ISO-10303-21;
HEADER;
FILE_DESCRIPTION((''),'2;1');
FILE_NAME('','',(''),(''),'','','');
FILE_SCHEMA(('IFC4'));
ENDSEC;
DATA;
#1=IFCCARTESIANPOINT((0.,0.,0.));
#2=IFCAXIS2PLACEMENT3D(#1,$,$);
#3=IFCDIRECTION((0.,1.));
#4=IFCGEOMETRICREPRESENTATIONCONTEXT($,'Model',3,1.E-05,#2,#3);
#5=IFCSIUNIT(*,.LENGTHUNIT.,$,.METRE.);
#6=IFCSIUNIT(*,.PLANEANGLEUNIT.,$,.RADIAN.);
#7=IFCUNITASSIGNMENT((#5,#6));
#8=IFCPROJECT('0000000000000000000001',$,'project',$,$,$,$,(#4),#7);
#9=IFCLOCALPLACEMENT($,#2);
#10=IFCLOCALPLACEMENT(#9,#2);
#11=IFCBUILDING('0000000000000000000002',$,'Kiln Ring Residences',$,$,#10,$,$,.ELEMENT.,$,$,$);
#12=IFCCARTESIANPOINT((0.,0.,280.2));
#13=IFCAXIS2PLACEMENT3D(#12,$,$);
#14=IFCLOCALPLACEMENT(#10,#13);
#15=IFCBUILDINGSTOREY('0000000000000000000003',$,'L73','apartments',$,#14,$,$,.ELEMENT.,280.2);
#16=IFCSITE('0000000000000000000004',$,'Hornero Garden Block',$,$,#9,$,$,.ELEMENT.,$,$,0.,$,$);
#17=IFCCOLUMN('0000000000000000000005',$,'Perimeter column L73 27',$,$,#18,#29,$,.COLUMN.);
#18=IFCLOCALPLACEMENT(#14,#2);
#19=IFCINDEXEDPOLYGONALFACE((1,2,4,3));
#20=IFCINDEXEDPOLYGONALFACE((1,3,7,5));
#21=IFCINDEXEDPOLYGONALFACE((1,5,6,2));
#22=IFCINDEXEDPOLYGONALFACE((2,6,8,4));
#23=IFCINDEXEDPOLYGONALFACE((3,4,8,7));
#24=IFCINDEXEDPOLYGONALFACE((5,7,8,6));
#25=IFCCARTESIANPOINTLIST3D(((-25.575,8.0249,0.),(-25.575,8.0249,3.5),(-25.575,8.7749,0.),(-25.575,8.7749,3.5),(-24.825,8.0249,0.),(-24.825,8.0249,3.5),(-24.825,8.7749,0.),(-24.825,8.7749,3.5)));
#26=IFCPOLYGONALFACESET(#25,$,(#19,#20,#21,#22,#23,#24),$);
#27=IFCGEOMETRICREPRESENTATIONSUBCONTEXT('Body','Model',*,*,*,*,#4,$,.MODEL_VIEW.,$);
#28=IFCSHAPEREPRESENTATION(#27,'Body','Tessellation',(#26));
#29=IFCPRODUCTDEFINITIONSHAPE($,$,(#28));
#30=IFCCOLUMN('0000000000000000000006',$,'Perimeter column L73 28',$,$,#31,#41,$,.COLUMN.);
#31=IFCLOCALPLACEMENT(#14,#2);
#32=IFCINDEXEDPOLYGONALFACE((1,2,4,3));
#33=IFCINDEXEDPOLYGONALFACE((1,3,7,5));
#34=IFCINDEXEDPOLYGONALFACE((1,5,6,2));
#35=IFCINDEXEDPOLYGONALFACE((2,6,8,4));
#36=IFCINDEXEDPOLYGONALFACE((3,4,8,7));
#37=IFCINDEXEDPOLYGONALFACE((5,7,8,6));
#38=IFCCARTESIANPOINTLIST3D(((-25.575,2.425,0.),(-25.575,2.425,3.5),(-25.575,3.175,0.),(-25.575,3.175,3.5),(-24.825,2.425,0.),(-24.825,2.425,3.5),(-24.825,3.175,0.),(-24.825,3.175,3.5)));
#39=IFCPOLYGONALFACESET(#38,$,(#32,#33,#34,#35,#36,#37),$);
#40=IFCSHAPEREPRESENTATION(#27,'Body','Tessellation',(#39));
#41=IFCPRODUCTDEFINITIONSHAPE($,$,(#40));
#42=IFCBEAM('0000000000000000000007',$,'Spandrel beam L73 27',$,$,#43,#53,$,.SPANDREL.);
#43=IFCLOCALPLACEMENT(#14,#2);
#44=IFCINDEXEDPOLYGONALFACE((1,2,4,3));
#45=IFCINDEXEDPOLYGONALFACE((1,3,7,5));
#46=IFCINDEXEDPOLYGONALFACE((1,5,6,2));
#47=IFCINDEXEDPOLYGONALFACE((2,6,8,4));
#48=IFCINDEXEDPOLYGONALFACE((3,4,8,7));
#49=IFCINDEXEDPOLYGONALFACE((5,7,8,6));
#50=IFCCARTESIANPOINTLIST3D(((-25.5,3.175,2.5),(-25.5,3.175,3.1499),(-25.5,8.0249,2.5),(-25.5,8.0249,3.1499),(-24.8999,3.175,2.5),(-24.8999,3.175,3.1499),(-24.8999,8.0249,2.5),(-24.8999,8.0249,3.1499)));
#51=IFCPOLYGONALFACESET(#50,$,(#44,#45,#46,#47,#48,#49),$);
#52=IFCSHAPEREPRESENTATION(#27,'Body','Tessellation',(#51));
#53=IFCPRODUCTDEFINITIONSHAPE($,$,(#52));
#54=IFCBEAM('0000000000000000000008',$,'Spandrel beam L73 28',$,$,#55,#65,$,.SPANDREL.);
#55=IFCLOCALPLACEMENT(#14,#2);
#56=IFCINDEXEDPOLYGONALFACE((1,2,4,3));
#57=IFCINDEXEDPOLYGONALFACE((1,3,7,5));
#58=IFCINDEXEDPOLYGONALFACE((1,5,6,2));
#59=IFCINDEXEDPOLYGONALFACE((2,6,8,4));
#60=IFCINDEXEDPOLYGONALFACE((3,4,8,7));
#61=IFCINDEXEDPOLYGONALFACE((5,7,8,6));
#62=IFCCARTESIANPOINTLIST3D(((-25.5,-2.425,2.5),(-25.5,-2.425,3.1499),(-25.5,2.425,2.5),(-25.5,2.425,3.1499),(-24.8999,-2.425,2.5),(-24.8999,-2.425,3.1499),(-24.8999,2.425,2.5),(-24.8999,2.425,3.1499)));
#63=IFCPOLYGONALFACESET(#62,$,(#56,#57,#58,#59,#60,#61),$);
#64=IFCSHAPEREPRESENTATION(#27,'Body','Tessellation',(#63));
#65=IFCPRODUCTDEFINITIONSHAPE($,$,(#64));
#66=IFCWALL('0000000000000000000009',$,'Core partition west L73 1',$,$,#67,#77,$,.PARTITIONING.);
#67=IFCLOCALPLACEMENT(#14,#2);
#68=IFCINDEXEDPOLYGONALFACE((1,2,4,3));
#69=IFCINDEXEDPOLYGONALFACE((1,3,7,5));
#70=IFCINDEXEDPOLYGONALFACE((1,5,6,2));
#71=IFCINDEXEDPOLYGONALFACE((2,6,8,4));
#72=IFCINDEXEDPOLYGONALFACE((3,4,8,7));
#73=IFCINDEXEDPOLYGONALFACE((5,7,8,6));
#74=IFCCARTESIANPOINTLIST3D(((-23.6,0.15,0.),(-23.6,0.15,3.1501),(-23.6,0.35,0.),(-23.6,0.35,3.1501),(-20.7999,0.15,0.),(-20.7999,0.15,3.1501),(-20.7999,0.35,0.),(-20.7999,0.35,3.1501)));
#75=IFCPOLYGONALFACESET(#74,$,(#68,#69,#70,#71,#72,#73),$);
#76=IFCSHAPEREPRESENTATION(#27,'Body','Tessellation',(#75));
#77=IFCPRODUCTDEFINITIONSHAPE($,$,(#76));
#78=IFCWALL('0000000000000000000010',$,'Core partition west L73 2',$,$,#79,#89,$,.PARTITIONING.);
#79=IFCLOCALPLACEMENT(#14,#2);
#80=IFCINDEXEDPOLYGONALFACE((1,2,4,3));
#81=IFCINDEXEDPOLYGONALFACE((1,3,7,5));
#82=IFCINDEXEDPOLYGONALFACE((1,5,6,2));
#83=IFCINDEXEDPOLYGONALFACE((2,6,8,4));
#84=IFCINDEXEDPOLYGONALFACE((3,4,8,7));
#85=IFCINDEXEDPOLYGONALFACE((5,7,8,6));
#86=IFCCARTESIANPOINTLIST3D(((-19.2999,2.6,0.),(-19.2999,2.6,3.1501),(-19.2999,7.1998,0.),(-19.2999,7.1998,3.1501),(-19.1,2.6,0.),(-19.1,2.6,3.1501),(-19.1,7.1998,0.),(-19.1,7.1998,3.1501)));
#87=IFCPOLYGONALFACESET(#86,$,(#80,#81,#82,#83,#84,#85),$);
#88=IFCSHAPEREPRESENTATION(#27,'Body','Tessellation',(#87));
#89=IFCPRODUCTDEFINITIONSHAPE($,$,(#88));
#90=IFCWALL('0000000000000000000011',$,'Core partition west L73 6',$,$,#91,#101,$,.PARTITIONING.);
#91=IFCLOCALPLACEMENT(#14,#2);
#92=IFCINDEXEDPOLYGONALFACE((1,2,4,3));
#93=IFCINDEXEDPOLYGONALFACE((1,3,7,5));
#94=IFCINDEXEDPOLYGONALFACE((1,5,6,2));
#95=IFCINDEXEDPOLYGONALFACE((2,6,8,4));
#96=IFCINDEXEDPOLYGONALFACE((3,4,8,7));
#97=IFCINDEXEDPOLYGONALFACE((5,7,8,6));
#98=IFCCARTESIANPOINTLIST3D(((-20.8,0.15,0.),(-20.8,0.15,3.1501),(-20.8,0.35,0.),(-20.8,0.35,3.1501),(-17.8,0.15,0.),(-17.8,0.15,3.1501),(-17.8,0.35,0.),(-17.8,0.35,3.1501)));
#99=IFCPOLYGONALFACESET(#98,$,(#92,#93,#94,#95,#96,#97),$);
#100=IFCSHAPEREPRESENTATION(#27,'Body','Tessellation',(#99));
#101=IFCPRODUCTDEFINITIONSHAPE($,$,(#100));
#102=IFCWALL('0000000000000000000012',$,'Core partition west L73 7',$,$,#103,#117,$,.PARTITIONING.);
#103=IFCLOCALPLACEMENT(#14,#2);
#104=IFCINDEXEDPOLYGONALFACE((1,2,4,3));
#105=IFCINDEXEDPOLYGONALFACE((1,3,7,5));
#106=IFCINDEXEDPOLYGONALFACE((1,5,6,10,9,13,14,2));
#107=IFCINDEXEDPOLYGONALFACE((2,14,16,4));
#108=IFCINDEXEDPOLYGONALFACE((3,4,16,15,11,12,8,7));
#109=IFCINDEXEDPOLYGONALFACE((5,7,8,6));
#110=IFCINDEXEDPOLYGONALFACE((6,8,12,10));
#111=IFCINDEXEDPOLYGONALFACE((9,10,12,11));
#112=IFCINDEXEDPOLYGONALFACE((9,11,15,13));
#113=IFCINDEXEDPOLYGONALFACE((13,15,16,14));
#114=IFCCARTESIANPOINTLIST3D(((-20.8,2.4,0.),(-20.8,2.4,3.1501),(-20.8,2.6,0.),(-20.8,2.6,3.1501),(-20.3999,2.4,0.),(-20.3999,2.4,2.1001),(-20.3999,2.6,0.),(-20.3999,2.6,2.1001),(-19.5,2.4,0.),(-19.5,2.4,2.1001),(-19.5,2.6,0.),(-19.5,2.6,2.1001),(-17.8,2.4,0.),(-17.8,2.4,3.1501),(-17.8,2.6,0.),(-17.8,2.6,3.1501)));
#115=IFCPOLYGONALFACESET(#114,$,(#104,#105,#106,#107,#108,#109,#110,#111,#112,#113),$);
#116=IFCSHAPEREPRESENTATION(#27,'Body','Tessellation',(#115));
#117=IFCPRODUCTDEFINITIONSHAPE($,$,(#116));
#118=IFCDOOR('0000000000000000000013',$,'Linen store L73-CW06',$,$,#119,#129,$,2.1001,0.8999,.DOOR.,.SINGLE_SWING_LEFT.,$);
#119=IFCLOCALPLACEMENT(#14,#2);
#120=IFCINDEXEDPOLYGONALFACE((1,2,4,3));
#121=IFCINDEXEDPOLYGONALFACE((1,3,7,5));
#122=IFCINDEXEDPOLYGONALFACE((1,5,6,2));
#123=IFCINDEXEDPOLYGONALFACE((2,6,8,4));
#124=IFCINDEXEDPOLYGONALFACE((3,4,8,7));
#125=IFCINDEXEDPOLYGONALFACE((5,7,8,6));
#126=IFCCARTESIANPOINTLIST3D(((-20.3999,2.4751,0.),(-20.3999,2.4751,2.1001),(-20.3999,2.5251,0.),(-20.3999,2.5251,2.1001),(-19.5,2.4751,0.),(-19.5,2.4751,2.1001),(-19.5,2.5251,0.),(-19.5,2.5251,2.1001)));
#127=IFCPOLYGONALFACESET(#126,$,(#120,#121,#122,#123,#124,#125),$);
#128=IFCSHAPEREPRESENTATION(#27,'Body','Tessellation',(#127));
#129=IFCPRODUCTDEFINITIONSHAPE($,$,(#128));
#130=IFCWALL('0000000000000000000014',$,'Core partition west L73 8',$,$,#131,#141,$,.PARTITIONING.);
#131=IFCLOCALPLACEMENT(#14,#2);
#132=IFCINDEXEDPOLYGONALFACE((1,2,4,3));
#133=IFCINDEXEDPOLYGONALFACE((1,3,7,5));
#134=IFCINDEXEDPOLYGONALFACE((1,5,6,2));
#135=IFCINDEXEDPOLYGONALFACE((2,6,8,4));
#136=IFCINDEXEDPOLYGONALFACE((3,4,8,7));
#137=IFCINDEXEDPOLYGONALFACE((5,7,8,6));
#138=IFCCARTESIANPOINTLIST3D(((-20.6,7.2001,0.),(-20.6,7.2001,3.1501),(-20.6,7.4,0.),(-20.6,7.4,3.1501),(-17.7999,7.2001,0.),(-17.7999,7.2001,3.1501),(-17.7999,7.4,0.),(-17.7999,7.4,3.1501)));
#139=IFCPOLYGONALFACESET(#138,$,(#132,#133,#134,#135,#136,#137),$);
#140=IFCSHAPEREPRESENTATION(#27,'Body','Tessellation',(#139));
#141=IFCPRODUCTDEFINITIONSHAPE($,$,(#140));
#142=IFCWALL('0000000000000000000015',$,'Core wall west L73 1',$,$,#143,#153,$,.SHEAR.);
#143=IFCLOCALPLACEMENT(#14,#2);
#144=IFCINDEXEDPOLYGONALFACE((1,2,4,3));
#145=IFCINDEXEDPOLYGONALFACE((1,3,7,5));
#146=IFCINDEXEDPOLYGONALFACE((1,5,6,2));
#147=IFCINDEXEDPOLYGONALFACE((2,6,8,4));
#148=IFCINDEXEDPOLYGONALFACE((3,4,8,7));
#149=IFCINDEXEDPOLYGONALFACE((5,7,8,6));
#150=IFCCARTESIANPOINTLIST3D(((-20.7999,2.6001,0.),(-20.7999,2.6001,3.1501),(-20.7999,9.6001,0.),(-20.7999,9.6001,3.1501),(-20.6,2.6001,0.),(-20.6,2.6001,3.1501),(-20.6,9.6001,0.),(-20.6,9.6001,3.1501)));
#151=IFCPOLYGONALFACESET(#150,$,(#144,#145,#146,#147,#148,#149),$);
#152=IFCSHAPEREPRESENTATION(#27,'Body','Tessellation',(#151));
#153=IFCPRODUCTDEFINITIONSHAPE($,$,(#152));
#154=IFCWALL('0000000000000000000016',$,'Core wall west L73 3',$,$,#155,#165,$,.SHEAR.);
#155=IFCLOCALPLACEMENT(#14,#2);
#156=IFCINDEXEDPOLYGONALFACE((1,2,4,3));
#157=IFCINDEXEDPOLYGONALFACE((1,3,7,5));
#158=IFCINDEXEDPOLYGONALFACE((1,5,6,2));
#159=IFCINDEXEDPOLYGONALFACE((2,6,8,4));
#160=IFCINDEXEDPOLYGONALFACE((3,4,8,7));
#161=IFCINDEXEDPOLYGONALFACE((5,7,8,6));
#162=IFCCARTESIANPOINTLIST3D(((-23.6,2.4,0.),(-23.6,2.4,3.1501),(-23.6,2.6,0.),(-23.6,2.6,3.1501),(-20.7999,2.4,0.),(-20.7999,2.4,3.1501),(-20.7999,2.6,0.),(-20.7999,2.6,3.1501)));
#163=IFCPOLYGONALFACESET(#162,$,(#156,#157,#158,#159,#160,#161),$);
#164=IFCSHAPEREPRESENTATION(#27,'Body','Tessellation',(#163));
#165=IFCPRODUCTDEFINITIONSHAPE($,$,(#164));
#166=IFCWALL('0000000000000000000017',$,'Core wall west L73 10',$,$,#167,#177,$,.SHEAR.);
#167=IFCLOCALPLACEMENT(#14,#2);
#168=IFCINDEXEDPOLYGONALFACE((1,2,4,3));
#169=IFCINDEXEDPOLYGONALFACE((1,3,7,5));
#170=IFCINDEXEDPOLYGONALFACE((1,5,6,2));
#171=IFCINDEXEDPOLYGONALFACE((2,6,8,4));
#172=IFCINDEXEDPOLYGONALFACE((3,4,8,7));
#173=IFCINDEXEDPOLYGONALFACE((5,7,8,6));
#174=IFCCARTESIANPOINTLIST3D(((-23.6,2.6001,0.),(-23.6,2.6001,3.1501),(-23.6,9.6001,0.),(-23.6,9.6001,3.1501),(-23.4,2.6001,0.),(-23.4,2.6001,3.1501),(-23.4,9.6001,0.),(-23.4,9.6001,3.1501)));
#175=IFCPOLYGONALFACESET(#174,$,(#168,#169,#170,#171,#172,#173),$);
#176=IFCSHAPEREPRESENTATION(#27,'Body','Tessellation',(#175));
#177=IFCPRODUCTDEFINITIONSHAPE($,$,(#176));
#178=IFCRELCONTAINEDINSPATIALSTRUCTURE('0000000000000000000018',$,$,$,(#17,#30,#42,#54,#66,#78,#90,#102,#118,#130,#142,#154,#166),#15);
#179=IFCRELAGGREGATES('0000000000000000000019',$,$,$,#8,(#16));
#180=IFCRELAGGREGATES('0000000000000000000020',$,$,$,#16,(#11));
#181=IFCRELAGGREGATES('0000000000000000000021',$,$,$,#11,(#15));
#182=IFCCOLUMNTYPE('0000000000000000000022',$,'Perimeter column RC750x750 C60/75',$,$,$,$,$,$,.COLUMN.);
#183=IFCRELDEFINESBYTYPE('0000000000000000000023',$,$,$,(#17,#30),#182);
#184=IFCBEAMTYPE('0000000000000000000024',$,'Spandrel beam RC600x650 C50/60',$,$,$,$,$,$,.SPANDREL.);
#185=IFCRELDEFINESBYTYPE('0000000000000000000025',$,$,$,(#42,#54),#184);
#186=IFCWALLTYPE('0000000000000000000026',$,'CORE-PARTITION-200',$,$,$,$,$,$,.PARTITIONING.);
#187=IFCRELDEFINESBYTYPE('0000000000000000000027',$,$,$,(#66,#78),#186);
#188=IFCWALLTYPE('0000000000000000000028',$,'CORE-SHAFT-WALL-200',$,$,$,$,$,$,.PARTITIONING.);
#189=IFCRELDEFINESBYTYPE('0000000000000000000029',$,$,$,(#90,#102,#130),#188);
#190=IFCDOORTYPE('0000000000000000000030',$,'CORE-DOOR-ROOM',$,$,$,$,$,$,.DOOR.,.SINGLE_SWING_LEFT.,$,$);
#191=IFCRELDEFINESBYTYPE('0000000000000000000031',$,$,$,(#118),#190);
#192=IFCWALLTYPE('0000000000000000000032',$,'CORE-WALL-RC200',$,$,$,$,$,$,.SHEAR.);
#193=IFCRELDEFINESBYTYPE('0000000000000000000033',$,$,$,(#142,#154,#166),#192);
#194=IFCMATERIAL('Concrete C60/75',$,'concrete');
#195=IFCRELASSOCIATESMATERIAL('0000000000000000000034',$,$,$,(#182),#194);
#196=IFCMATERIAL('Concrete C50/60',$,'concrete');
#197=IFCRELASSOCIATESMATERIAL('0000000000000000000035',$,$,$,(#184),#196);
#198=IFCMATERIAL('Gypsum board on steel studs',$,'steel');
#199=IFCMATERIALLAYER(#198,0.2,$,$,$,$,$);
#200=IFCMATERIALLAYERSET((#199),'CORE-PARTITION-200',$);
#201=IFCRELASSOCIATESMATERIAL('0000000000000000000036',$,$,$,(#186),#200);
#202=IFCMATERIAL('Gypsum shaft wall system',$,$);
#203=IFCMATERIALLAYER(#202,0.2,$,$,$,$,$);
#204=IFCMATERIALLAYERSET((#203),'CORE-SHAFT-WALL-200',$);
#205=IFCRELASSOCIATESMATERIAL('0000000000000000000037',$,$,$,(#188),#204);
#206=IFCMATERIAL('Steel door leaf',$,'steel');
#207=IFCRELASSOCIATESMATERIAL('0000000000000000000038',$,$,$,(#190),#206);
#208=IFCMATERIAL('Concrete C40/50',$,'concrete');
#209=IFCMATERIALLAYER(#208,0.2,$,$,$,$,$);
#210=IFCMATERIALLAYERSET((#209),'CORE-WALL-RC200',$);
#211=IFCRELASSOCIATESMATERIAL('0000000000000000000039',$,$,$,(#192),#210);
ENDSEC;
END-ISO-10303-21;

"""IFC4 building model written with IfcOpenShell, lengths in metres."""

from ifc_helpers import new_model, si_unit, direction, frame, frame_2d, origin, origin_2d, place, context, subcontext, project, spatial, rectangle, extrude, material, layer, layer_set, material_profile, profile_set, type_object, element, fill, save


model = new_model("IFC4")

# Units and contexts
model_context = context("Model", 3, precision=1e-05, world=origin(), true_north=direction((0.0, 1.0)))
body_context = subcontext(model_context, "Body", "Model", "MODEL_VIEW")
ifc_project = project(units=[si_unit("LENGTHUNIT", "METRE"), si_unit("PLANEANGLEUNIT", "RADIAN")], contexts=[model_context])

# Site, building, storey
site_placement = place(None, origin())
site = spatial("IfcSite", under=ifc_project, at=site_placement, Name="Hornero Garden Block", CompositionType="ELEMENT", RefElevation=0.0)
building_placement = place(site_placement, origin())
building = spatial("IfcBuilding", under=site, at=building_placement, Name="Kiln Ring Residences", CompositionType="ELEMENT")
storey_placement = place(building_placement, frame((0.0, 0.0, 280.2)))
storey = spatial("IfcBuildingStorey", under=building, at=storey_placement, Name="L73", Description="apartments", CompositionType="ELEMENT", Elevation=280.2)

# Columns
ifc_material_1 = material(Name="Concrete C60/75", Category="concrete")
ifc_material_profile_1 = material_profile(ifc_material_1, rectangle(XDim=0.75, YDim=0.75, at=origin_2d()), Name="RC750x750")
ifc_profile_set_1 = profile_set([ifc_material_profile_1], Name="Concrete C60/75")
column_type = type_object("IfcColumnType", Name="Perimeter column RC750x750 C60/75", PredefinedType="COLUMN", material=ifc_profile_set_1)
for number, where, z_axis, x_axis, name in (
    (1, (-25.2, 8.3999, 0.0), (0.0, 0.0, 1.0), (1.0, 0.0, 0.0), "Perimeter column L73 27"),
    (2, (-25.2, 2.8, 0.0), (0.0, 0.0, 1.0), (1.0, 0.0, 0.0), "Perimeter column L73 28"),
):
    element("IfcColumn", number, at=place(storey_placement, frame(where, z_axis=z_axis, x_axis=x_axis)), inside=storey, type_object=column_type, Name=name, PredefinedType="COLUMN", context=body_context, shape_type="SweptSolid", body=[
        extrude(rectangle(XDim=0.75, YDim=0.75, at=origin_2d()), origin(), (0.0, 0.0, 1.0), 3.5),
    ])

# Beams
ifc_material_2 = material(Name="Concrete C50/60", Category="concrete")
ifc_material_profile_2 = material_profile(ifc_material_2, rectangle(XDim=0.6001, YDim=0.6499, at=origin_2d()), Name="RC600x650")
ifc_profile_set_2 = profile_set([ifc_material_profile_2], Name="Concrete C50/60")
beam_type = type_object("IfcBeamType", Name="Spandrel beam RC600x650 C50/60", PredefinedType="SPANDREL", material=ifc_profile_set_2)
beam_1_placement = place(storey_placement, frame((-25.2, 8.0249, 2.825), z_axis=(0.0, -1.0, 0.0), x_axis=(1.0, 0.0, 0.0)))
element("IfcBeam", 3, at=beam_1_placement, inside=storey, type_object=beam_type, Name="Spandrel beam L73 27", PredefinedType="SPANDREL", context=body_context, shape_type="SweptSolid", body=[
    extrude(rectangle(XDim=0.6001, YDim=0.6499, at=origin_2d()), origin(), (0.0, 0.0, 1.0), 4.8499),
])
beam_2_placement = place(storey_placement, frame((-25.2, 2.425, 2.825), z_axis=(0.0, -1.0, 0.0), x_axis=(1.0, 0.0, 0.0)))
element("IfcBeam", 4, at=beam_2_placement, inside=storey, type_object=beam_type, Name="Spandrel beam L73 28", PredefinedType="SPANDREL", context=body_context, shape_type="SweptSolid", body=[
    extrude(rectangle(XDim=0.6001, YDim=0.6499, at=origin_2d()), origin(), (0.0, 0.0, 1.0), 4.8501),
])

# Walls
ifc_material_3 = material(Name="Gypsum board on steel studs", Category="steel")
ifc_layer_1 = layer(ifc_material_3, 0.2)
ifc_layer_set_1 = layer_set([ifc_layer_1], Name="CORE-PARTITION-200")
wall_type_1 = type_object("IfcWallType", Name="CORE-PARTITION-200", PredefinedType="PARTITIONING", material=ifc_layer_set_1)
wall_1_placement = place(storey_placement, frame((-20.8, 0.25, 0.0), z_axis=(0.0, 0.0, 1.0), x_axis=(-1.0, 0.0, 0.0)))
element("IfcWall", 5, at=wall_1_placement, inside=storey, type_object=wall_type_1, Name="Core partition west L73 1", PredefinedType="PARTITIONING", context=body_context, shape_type="SweptSolid", body=[
    extrude(rectangle(XDim=2.8, YDim=0.2, at=frame_2d((1.3999, 0.0))), origin(), (0.0, 0.0, 1.0), 3.1501),
])
wall_2_placement = place(storey_placement, frame((-19.2, 2.6001, 0.0), z_axis=(0.0, 0.0, 1.0), x_axis=(0.0, 1.0, 0.0)))
element("IfcWall", 6, at=wall_2_placement, inside=storey, type_object=wall_type_1, Name="Core partition west L73 2", PredefinedType="PARTITIONING", context=body_context, shape_type="SweptSolid", body=[
    extrude(rectangle(XDim=4.5999, YDim=0.2, at=frame_2d((2.2998, 0.0))), origin(), (0.0, 0.0, 1.0), 3.1501),
])
ifc_material_4 = material(Name="Gypsum shaft wall system")
ifc_layer_2 = layer(ifc_material_4, 0.2)
ifc_layer_set_2 = layer_set([ifc_layer_2], Name="CORE-SHAFT-WALL-200")
wall_type_2 = type_object("IfcWallType", Name="CORE-SHAFT-WALL-200", PredefinedType="PARTITIONING", material=ifc_layer_set_2)
wall_3_placement = place(storey_placement, frame((-17.8, 0.25, 0.0), z_axis=(0.0, 0.0, 1.0), x_axis=(-1.0, 0.0, 0.0)))
element("IfcWall", 7, at=wall_3_placement, inside=storey, type_object=wall_type_2, Name="Core partition west L73 6", PredefinedType="PARTITIONING", context=body_context, shape_type="SweptSolid", body=[
    extrude(rectangle(XDim=3.0, YDim=0.2, at=frame_2d((1.5, 0.0))), origin(), (0.0, 0.0, 1.0), 3.1501),
])

# Wall, opening, door
wall_4_placement = place(storey_placement, frame((-17.8, 2.5, 0.0), z_axis=(0.0, 0.0, 1.0), x_axis=(-1.0, 0.0, 0.0)))
wall_4 = element("IfcWall", 8, at=wall_4_placement, inside=storey, type_object=wall_type_2, Name="Core partition west L73 7", PredefinedType="PARTITIONING", context=body_context, shape_type="SweptSolid", body=[
    extrude(rectangle(XDim=3.0, YDim=0.2, at=frame_2d((1.5, 0.0))), origin(), (0.0, 0.0, 1.0), 3.1501),
])
opening_placement = place(wall_4_placement, frame((1.7, 0.0, 0.0)))
opening = element("IfcOpeningElement", 9, at=opening_placement, cuts=wall_4, PredefinedType="OPENING", context=body_context, shape_type="SweptSolid", body=[
    extrude(rectangle(XDim=0.8999, YDim=2.1001, at=frame_2d((0.45, 1.05))), frame((0.0, 0.1099, 0.0), z_axis=(0.0, -1.0, 0.0), x_axis=(1.0, 0.0, 0.0)), (0.0, 0.0, 1.0), 0.22),
])
ifc_material_5 = material(Name="Steel door leaf", Category="steel")
door_type = type_object("IfcDoorType", Name="CORE-DOOR-ROOM", OperationType="SINGLE_SWING_LEFT", PredefinedType="DOOR", material=ifc_material_5)
door_placement = place(opening_placement, origin())
door = element("IfcDoor", 10, at=door_placement, inside=storey, type_object=door_type, Name="Linen store L73-CW06", OperationType="SINGLE_SWING_LEFT", OverallHeight=2.1001, OverallWidth=0.8999, PredefinedType="DOOR", context=body_context, shape_type="SweptSolid", body=[
    extrude(rectangle(XDim=0.8999, YDim=2.1001, at=frame_2d((0.45, 1.05))), frame((0.0, 0.0249, 0.0), z_axis=(0.0, -1.0, 0.0), x_axis=(1.0, 0.0, 0.0)), (0.0, 0.0, 1.0), 0.05),
])
fill(opening, door)

# Walls
wall_5_placement = place(storey_placement, frame((-17.8, 7.3, 0.0), z_axis=(0.0, 0.0, 1.0), x_axis=(-1.0, 0.0, 0.0)))
element("IfcWall", 11, at=wall_5_placement, inside=storey, type_object=wall_type_2, Name="Core partition west L73 8", PredefinedType="PARTITIONING", context=body_context, shape_type="SweptSolid", body=[
    extrude(rectangle(XDim=2.8, YDim=0.2, at=frame_2d((1.3999, 0.0))), origin(), (0.0, 0.0, 1.0), 3.1501),
])
ifc_material_6 = material(Name="Concrete C40/50", Category="concrete")
ifc_layer_3 = layer(ifc_material_6, 0.2)
ifc_layer_set_3 = layer_set([ifc_layer_3], Name="CORE-WALL-RC200")
wall_type_3 = type_object("IfcWallType", Name="CORE-WALL-RC200", PredefinedType="SHEAR", material=ifc_layer_set_3)
wall_6_placement = place(storey_placement, frame((-20.7, 2.6001, 0.0), z_axis=(0.0, 0.0, 1.0), x_axis=(0.0, 1.0, 0.0)))
element("IfcWall", 12, at=wall_6_placement, inside=storey, type_object=wall_type_3, Name="Core wall west L73 1", PredefinedType="SHEAR", context=body_context, shape_type="SweptSolid", body=[
    extrude(rectangle(XDim=7.0, YDim=0.2, at=frame_2d((3.5, 0.0))), origin(), (0.0, 0.0, 1.0), 3.1501),
])
wall_7_placement = place(storey_placement, frame((-20.8, 2.5, 0.0), z_axis=(0.0, 0.0, 1.0), x_axis=(-1.0, 0.0, 0.0)))
element("IfcWall", 13, at=wall_7_placement, inside=storey, type_object=wall_type_3, Name="Core wall west L73 3", PredefinedType="SHEAR", context=body_context, shape_type="SweptSolid", body=[
    extrude(rectangle(XDim=2.8, YDim=0.2, at=frame_2d((1.3999, 0.0))), origin(), (0.0, 0.0, 1.0), 3.1501),
])
wall_8_placement = place(storey_placement, frame((-23.5, 2.6001, 0.0), z_axis=(0.0, 0.0, 1.0), x_axis=(0.0, 1.0, 0.0)))
element("IfcWall", 14, at=wall_8_placement, inside=storey, type_object=wall_type_3, Name="Core wall west L73 10", PredefinedType="SHEAR", context=body_context, shape_type="SweptSolid", body=[
    extrude(rectangle(XDim=7.0, YDim=0.2, at=frame_2d((3.5, 0.0))), origin(), (0.0, 0.0, 1.0), 3.1501),
])

save(model, "model.ifc")
